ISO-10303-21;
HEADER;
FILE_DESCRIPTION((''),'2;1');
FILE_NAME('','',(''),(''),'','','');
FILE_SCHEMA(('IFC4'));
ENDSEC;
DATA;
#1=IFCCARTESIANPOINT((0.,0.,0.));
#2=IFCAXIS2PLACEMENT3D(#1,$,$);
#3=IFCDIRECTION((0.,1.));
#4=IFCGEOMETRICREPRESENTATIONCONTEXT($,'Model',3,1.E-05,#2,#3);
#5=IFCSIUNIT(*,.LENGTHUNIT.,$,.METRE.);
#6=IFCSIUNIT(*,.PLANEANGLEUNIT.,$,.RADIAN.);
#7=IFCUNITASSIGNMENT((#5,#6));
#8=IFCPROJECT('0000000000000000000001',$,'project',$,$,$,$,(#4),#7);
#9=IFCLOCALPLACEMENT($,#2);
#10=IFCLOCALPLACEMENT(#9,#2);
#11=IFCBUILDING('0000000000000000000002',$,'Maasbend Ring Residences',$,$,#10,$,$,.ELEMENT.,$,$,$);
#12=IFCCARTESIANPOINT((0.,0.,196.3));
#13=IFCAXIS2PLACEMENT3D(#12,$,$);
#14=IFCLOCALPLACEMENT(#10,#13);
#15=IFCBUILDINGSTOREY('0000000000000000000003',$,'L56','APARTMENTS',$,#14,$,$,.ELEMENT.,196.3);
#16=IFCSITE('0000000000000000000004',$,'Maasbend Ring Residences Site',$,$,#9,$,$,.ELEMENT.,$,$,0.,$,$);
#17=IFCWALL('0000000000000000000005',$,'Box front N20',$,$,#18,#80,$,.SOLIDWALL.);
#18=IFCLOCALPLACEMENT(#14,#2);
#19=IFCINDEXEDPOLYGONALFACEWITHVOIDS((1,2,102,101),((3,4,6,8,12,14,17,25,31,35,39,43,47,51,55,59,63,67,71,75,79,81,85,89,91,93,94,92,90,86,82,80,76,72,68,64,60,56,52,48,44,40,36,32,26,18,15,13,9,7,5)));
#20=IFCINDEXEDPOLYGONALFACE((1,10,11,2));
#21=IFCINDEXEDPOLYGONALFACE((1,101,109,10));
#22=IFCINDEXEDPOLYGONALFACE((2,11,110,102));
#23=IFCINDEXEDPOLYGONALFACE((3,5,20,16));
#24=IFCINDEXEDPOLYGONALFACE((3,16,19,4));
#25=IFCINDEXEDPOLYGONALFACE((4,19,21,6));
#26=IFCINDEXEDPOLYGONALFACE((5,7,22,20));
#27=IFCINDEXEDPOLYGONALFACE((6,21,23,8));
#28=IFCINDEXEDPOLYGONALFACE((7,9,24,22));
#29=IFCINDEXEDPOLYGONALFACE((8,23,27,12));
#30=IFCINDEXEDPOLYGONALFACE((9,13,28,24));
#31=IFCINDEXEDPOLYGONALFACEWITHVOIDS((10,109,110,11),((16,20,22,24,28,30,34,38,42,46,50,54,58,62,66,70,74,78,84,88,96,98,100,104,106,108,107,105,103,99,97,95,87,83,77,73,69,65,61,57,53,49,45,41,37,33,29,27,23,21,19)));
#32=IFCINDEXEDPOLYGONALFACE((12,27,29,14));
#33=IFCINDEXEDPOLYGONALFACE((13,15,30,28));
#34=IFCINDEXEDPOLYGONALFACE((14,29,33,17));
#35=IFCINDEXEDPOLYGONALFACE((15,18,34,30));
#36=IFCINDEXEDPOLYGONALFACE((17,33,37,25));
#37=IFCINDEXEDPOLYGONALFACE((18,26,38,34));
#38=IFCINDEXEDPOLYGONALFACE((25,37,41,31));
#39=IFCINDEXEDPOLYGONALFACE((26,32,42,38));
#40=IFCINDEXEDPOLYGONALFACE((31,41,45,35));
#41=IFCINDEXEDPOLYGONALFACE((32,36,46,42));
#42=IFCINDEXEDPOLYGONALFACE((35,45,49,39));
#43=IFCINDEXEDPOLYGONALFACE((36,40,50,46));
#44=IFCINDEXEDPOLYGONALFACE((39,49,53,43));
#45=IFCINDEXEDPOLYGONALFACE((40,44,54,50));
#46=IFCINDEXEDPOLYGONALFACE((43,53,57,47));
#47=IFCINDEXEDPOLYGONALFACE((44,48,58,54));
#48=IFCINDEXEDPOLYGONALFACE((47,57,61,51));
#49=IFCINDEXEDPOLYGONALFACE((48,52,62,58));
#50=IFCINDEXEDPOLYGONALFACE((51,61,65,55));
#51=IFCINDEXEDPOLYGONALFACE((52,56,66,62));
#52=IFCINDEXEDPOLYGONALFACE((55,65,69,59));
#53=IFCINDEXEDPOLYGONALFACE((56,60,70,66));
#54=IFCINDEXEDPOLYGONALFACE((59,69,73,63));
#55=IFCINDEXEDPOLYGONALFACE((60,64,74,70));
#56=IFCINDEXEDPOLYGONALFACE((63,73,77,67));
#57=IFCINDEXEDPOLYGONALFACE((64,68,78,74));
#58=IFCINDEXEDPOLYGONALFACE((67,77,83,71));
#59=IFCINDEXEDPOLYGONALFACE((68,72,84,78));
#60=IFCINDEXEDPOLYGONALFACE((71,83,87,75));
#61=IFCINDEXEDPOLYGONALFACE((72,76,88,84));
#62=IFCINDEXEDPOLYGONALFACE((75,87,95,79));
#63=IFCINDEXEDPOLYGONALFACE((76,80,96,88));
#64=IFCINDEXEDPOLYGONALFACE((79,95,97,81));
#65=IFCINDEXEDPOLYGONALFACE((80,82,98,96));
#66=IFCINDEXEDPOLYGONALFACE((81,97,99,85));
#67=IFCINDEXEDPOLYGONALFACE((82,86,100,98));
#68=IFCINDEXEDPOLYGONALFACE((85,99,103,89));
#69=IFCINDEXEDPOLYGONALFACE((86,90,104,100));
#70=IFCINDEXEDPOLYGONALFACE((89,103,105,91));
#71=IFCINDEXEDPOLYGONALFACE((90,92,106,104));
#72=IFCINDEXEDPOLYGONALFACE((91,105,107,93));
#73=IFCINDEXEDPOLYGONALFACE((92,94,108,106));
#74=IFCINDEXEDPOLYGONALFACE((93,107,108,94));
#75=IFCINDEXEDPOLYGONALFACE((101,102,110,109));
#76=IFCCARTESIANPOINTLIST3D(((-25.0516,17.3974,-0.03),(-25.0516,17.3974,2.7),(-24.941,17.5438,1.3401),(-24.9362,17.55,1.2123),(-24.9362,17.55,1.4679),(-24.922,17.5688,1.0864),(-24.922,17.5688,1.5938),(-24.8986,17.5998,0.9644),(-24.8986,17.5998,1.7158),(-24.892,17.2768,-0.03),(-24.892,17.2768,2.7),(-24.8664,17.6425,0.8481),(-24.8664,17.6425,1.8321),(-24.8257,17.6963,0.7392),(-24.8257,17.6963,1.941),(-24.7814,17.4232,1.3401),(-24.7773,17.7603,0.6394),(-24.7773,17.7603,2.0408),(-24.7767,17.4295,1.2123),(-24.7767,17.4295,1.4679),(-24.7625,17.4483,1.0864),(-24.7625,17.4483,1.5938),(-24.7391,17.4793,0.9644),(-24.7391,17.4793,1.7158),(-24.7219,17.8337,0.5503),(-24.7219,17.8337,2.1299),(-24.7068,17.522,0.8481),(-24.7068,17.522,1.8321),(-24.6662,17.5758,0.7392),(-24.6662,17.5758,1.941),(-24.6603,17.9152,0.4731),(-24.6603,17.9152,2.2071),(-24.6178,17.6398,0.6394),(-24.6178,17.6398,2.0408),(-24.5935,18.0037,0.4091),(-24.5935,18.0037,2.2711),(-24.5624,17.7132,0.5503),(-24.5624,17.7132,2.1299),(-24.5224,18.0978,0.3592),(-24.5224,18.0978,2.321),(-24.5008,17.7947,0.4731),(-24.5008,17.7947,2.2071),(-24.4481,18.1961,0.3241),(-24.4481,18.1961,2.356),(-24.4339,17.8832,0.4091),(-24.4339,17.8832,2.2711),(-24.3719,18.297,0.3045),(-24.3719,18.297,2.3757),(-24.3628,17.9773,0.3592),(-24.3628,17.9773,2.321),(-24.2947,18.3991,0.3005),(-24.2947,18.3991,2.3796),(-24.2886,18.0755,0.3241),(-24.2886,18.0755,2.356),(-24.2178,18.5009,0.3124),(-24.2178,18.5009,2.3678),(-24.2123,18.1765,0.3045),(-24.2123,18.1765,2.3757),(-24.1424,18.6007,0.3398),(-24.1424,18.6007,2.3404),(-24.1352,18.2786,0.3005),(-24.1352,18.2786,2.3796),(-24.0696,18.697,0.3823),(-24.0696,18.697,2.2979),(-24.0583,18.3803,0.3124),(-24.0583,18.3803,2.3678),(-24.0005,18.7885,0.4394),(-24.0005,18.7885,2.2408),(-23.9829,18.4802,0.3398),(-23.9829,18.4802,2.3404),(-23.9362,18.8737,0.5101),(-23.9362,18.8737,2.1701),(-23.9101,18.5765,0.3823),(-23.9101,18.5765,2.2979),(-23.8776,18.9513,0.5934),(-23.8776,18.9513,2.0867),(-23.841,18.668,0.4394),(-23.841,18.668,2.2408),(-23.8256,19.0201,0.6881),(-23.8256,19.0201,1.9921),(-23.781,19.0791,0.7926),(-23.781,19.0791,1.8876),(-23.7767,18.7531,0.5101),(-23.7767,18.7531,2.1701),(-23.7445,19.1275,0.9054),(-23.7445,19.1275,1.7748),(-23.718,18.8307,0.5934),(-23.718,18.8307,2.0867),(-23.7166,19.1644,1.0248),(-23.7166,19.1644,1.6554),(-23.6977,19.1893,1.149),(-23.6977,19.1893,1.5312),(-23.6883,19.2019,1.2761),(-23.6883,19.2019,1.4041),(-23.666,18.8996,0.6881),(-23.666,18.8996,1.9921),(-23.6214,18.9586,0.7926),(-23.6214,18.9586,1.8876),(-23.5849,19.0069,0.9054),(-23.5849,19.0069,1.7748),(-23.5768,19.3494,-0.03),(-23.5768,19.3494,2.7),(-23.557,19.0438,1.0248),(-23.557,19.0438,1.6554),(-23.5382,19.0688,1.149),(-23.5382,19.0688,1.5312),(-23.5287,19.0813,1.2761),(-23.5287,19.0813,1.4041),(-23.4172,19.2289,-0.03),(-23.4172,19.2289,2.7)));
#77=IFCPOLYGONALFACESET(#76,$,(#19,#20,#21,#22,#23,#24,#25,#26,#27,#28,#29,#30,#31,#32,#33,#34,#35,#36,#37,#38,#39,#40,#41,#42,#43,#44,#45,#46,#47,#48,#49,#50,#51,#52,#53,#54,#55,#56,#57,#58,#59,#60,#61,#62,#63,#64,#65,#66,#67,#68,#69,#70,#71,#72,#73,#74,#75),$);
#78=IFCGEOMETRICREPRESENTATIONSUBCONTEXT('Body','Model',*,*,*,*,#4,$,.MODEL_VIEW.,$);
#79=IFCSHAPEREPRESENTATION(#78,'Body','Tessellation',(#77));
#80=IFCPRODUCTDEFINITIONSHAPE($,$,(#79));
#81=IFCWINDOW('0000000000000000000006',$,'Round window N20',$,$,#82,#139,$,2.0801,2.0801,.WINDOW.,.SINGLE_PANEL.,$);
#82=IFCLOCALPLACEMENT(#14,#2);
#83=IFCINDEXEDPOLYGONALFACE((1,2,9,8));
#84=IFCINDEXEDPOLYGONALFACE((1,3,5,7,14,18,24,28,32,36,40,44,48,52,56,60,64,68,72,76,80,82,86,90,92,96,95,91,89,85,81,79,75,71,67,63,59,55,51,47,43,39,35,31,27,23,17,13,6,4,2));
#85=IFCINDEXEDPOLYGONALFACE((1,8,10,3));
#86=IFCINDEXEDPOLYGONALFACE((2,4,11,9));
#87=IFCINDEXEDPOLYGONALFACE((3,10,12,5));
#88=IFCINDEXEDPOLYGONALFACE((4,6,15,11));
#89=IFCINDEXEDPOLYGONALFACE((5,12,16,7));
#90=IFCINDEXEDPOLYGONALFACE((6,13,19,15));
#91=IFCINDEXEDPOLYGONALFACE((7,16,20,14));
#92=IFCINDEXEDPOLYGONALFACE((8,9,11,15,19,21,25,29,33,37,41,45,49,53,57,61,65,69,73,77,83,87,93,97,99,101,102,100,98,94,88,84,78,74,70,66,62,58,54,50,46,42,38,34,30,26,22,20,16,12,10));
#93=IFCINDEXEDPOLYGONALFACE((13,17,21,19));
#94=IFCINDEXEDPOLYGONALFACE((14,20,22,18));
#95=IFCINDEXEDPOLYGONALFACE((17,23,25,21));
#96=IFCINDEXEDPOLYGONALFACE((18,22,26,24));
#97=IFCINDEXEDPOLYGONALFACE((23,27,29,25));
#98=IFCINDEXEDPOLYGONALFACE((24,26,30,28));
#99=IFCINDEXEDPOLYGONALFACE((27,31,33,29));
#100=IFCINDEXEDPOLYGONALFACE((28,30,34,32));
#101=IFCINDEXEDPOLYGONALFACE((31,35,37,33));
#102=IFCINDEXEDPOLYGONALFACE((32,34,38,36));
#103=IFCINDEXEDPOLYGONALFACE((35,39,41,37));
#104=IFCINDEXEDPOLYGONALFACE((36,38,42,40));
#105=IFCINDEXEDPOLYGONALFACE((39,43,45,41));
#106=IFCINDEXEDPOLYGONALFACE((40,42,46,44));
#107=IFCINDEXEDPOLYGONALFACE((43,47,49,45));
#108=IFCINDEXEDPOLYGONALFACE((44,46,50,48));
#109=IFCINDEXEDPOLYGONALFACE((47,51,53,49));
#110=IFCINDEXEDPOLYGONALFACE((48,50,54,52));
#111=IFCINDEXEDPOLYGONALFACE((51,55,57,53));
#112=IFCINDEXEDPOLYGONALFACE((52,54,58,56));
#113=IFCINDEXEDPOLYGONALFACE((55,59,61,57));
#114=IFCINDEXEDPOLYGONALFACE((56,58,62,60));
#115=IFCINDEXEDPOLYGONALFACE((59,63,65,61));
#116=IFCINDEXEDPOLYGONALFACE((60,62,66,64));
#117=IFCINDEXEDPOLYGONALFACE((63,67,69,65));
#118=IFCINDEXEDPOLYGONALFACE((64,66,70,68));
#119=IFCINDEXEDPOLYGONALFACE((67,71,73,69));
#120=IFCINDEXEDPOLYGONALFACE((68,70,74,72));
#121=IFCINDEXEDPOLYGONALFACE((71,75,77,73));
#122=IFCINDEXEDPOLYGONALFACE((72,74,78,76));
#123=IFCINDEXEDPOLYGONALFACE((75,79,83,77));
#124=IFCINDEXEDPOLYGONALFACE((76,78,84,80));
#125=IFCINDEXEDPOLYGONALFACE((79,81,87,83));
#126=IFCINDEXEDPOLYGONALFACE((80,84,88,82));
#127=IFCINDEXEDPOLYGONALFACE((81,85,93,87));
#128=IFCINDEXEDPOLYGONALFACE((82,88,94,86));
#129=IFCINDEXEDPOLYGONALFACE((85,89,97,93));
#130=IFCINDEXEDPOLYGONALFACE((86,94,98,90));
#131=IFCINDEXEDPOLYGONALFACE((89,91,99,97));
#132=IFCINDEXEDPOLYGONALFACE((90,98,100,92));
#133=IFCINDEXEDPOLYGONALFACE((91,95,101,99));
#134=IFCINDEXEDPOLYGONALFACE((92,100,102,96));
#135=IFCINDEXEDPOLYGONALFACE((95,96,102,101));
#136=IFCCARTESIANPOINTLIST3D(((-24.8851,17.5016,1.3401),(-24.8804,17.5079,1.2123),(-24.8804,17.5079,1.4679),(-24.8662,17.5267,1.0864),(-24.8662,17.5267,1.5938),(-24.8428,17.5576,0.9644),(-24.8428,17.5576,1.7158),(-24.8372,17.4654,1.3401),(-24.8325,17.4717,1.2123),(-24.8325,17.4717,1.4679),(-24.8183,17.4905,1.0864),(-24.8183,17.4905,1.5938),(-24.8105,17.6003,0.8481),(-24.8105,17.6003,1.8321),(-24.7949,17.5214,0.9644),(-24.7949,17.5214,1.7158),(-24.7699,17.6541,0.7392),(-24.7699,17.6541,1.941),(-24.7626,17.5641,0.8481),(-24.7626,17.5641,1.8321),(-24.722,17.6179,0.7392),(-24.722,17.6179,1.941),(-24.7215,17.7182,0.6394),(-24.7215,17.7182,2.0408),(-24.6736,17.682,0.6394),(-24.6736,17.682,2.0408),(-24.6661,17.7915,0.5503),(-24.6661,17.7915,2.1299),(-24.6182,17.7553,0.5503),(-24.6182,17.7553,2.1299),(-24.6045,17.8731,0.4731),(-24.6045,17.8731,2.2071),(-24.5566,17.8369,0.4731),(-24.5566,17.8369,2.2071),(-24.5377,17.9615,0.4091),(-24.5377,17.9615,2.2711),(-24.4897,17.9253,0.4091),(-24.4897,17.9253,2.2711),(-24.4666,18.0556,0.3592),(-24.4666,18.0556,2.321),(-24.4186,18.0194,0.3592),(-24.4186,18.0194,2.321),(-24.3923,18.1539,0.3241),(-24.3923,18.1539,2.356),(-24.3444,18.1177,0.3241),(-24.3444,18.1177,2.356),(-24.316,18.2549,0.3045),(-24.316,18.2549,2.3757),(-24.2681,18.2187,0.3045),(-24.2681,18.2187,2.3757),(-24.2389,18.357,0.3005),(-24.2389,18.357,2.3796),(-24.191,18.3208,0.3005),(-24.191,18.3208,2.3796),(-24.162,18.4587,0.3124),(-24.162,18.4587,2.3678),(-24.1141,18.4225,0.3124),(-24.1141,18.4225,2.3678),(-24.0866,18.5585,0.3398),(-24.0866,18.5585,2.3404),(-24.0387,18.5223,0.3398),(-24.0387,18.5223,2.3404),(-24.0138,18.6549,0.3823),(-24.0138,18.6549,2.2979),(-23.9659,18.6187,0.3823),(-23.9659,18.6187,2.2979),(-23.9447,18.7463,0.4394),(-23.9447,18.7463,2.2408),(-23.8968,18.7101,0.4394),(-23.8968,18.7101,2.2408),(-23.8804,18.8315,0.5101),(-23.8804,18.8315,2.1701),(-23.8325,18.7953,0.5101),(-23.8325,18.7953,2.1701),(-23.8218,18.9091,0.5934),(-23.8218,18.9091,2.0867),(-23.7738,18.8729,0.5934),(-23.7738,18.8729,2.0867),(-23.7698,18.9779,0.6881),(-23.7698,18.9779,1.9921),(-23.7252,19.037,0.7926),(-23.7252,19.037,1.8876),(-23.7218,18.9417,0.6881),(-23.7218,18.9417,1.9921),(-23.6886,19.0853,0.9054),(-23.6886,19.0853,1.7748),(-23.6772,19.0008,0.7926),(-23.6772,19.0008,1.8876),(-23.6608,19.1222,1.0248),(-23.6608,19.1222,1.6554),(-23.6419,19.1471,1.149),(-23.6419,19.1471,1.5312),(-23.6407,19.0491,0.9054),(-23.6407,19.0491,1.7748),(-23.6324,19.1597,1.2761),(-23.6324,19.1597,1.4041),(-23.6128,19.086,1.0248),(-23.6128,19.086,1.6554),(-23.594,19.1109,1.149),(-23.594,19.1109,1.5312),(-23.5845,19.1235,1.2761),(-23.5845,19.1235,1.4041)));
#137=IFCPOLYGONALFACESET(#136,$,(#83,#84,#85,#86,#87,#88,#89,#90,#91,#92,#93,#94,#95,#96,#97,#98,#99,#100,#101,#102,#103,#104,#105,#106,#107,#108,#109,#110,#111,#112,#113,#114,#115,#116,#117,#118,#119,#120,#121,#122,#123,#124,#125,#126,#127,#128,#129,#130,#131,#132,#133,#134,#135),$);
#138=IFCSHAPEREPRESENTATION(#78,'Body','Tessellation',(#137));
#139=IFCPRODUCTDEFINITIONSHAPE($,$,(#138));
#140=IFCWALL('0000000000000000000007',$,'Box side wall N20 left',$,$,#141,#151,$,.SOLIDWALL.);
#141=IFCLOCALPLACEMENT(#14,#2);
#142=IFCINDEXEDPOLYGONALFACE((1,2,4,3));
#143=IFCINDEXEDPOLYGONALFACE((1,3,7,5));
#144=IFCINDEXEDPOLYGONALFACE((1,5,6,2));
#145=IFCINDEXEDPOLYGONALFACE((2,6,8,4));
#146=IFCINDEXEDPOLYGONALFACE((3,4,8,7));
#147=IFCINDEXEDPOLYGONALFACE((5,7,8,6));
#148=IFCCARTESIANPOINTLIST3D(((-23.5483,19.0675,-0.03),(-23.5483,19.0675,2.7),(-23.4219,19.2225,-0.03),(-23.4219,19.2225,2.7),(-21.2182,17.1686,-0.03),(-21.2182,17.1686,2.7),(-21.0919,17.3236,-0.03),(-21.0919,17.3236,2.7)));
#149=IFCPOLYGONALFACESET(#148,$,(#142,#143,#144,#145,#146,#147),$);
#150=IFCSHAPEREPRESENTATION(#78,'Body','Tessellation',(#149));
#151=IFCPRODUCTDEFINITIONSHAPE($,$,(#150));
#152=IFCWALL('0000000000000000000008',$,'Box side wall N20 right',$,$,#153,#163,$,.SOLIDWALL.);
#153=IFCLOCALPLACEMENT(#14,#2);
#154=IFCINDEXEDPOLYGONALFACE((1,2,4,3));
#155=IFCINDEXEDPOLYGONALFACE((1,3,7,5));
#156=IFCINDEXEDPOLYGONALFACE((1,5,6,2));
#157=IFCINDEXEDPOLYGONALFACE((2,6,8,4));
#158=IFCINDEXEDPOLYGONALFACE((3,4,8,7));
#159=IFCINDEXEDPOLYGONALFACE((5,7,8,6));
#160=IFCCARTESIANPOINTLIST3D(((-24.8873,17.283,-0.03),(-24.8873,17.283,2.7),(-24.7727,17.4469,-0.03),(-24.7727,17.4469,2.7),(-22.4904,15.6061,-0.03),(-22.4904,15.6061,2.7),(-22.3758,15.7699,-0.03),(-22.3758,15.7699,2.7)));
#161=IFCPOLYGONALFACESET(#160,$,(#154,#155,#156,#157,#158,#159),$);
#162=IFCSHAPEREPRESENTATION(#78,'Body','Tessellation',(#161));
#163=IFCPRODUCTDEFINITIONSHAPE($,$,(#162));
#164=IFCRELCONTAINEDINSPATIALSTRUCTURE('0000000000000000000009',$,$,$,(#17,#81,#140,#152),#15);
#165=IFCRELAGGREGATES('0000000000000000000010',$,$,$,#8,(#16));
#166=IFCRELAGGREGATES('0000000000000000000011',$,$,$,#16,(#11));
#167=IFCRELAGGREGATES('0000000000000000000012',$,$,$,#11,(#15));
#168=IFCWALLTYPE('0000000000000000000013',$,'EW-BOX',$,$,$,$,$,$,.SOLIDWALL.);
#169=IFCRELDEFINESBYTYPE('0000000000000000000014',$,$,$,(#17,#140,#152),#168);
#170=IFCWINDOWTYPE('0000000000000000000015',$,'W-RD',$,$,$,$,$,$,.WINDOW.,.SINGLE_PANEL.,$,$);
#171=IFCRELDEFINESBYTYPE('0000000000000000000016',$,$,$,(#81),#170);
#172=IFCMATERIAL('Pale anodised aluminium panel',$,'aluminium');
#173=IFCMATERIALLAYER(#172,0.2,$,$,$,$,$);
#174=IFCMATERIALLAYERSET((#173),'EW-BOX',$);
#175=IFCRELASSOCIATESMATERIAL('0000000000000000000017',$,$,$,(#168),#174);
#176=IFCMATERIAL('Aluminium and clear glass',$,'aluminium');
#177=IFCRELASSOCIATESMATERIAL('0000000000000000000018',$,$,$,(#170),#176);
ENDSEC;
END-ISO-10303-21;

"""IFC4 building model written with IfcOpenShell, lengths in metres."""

from ifc_helpers import new_model, si_unit, direction, frame, frame_2d, origin, place, context, subcontext, project, spatial, rectangle, circle, extrude, material, layer, layer_set, type_object, element, fill, save


model = new_model("IFC4")

# Units and contexts
model_context = context("Model", 3, precision=1e-05, world=origin(), true_north=direction((0.0, 1.0)))
body_context = subcontext(model_context, "Body", "Model", "MODEL_VIEW")
ifc_project = project(units=[si_unit("LENGTHUNIT", "METRE"), si_unit("PLANEANGLEUNIT", "RADIAN")], contexts=[model_context])

# Site, building, storey
site_placement = place(None, origin())
site = spatial("IfcSite", under=ifc_project, at=site_placement, Name="Maasbend Ring Residences Site", CompositionType="ELEMENT", RefElevation=0.0)
building_placement = place(site_placement, origin())
building = spatial("IfcBuilding", under=site, at=building_placement, Name="Maasbend Ring Residences", CompositionType="ELEMENT")
storey_placement = place(building_placement, frame((0.0, 0.0, 196.3)))
storey = spatial("IfcBuildingStorey", under=building, at=storey_placement, Name="L56", Description="APARTMENTS", CompositionType="ELEMENT", Elevation=196.3)

# Wall, opening, window
ifc_material_1 = material(Name="Pale anodised aluminium panel", Category="aluminium")
ifc_layer_1 = layer(ifc_material_1, 0.2)
ifc_layer_set_1 = layer_set([ifc_layer_1], Name="EW-BOX")
wall_type_1 = type_object("IfcWallType", Name="EW-BOX", PredefinedType="SOLIDWALL", material=ifc_layer_set_1)
wall_1_placement = place(storey_placement, frame((-23.4971, 19.2891, -0.03), z_axis=(0.0, 0.0, 1.0), x_axis=(-0.602806, -0.797888, 0.0)))
wall_1 = element("IfcWall", 1, at=wall_1_placement, inside=storey, type_object=wall_type_1, Name="Box front N20", PredefinedType="SOLIDWALL", context=body_context, shape_type="SweptSolid", body=[
    extrude(rectangle(XDim=2.4465, YDim=0.2, at=frame_2d((1.2231, 0.0))), origin(), (0.0, 0.0, 1.0), 2.73),
])
opening_1_placement = place(wall_1_placement, frame((0.1829, 0.0, 0.3301)))
opening_1 = element("IfcOpeningElement", 2, at=opening_1_placement, cuts=wall_1, PredefinedType="OPENING", context=body_context, shape_type="SweptSolid", body=[
    extrude(circle(Radius=1.04, at=frame_2d((1.04, 1.04))), frame((0.0, 0.1099, 0.0), z_axis=(0.0, -1.0, 0.0), x_axis=(1.0, 0.0, 0.0)), (0.0, 0.0, 1.0), 0.22),
])
ifc_material_2 = material(Name="Aluminium and clear glass", Category="aluminium")
window_type_1 = type_object("IfcWindowType", Name="W-RD", PartitioningType="SINGLE_PANEL", PredefinedType="WINDOW", material=ifc_material_2)
window_1_placement = place(opening_1_placement, origin())
window_1 = element("IfcWindow", 3, at=window_1_placement, inside=storey, type_object=window_type_1, Name="Round window N20", OverallHeight=2.0801, OverallWidth=2.0801, PartitioningType="SINGLE_PANEL", PredefinedType="WINDOW", context=body_context, shape_type="SweptSolid", body=[
    extrude(circle(Radius=1.04, at=frame_2d((1.04, 1.04))), frame((0.0, 0.03, 0.0), z_axis=(0.0, -1.0, 0.0), x_axis=(1.0, 0.0, 0.0)), (0.0, 0.0, 1.0), 0.0601),
])
fill(opening_1, window_1)

# Walls
wall_2_placement = place(storey_placement, frame((-21.155, 17.2461, -0.03), z_axis=(0.0, 0.0, 1.0), x_axis=(-0.775179, 0.631742, 0.0)))
element("IfcWall", 4, at=wall_2_placement, inside=storey, type_object=wall_type_1, Name="Box side wall N20 left", PredefinedType="SOLIDWALL", context=body_context, shape_type="SweptSolid", body=[
    extrude(rectangle(XDim=3.0059, YDim=0.2, at=frame_2d((1.5029, 0.0))), origin(), (0.0, 0.0, 1.0), 2.73),
])
wall_3_placement = place(storey_placement, frame((-22.4331, 15.688, -0.03), z_axis=(0.0, 0.0, 1.0), x_axis=(-0.819373, 0.573261, 0.0)))
element("IfcWall", 5, at=wall_3_placement, inside=storey, type_object=wall_type_1, Name="Box side wall N20 right", PredefinedType="SOLIDWALL", context=body_context, shape_type="SweptSolid", body=[
    extrude(rectangle(XDim=2.9253, YDim=0.2, at=frame_2d((1.4626, 0.0))), origin(), (0.0, 0.0, 1.0), 2.73),
])

save(model, "model.ifc")
